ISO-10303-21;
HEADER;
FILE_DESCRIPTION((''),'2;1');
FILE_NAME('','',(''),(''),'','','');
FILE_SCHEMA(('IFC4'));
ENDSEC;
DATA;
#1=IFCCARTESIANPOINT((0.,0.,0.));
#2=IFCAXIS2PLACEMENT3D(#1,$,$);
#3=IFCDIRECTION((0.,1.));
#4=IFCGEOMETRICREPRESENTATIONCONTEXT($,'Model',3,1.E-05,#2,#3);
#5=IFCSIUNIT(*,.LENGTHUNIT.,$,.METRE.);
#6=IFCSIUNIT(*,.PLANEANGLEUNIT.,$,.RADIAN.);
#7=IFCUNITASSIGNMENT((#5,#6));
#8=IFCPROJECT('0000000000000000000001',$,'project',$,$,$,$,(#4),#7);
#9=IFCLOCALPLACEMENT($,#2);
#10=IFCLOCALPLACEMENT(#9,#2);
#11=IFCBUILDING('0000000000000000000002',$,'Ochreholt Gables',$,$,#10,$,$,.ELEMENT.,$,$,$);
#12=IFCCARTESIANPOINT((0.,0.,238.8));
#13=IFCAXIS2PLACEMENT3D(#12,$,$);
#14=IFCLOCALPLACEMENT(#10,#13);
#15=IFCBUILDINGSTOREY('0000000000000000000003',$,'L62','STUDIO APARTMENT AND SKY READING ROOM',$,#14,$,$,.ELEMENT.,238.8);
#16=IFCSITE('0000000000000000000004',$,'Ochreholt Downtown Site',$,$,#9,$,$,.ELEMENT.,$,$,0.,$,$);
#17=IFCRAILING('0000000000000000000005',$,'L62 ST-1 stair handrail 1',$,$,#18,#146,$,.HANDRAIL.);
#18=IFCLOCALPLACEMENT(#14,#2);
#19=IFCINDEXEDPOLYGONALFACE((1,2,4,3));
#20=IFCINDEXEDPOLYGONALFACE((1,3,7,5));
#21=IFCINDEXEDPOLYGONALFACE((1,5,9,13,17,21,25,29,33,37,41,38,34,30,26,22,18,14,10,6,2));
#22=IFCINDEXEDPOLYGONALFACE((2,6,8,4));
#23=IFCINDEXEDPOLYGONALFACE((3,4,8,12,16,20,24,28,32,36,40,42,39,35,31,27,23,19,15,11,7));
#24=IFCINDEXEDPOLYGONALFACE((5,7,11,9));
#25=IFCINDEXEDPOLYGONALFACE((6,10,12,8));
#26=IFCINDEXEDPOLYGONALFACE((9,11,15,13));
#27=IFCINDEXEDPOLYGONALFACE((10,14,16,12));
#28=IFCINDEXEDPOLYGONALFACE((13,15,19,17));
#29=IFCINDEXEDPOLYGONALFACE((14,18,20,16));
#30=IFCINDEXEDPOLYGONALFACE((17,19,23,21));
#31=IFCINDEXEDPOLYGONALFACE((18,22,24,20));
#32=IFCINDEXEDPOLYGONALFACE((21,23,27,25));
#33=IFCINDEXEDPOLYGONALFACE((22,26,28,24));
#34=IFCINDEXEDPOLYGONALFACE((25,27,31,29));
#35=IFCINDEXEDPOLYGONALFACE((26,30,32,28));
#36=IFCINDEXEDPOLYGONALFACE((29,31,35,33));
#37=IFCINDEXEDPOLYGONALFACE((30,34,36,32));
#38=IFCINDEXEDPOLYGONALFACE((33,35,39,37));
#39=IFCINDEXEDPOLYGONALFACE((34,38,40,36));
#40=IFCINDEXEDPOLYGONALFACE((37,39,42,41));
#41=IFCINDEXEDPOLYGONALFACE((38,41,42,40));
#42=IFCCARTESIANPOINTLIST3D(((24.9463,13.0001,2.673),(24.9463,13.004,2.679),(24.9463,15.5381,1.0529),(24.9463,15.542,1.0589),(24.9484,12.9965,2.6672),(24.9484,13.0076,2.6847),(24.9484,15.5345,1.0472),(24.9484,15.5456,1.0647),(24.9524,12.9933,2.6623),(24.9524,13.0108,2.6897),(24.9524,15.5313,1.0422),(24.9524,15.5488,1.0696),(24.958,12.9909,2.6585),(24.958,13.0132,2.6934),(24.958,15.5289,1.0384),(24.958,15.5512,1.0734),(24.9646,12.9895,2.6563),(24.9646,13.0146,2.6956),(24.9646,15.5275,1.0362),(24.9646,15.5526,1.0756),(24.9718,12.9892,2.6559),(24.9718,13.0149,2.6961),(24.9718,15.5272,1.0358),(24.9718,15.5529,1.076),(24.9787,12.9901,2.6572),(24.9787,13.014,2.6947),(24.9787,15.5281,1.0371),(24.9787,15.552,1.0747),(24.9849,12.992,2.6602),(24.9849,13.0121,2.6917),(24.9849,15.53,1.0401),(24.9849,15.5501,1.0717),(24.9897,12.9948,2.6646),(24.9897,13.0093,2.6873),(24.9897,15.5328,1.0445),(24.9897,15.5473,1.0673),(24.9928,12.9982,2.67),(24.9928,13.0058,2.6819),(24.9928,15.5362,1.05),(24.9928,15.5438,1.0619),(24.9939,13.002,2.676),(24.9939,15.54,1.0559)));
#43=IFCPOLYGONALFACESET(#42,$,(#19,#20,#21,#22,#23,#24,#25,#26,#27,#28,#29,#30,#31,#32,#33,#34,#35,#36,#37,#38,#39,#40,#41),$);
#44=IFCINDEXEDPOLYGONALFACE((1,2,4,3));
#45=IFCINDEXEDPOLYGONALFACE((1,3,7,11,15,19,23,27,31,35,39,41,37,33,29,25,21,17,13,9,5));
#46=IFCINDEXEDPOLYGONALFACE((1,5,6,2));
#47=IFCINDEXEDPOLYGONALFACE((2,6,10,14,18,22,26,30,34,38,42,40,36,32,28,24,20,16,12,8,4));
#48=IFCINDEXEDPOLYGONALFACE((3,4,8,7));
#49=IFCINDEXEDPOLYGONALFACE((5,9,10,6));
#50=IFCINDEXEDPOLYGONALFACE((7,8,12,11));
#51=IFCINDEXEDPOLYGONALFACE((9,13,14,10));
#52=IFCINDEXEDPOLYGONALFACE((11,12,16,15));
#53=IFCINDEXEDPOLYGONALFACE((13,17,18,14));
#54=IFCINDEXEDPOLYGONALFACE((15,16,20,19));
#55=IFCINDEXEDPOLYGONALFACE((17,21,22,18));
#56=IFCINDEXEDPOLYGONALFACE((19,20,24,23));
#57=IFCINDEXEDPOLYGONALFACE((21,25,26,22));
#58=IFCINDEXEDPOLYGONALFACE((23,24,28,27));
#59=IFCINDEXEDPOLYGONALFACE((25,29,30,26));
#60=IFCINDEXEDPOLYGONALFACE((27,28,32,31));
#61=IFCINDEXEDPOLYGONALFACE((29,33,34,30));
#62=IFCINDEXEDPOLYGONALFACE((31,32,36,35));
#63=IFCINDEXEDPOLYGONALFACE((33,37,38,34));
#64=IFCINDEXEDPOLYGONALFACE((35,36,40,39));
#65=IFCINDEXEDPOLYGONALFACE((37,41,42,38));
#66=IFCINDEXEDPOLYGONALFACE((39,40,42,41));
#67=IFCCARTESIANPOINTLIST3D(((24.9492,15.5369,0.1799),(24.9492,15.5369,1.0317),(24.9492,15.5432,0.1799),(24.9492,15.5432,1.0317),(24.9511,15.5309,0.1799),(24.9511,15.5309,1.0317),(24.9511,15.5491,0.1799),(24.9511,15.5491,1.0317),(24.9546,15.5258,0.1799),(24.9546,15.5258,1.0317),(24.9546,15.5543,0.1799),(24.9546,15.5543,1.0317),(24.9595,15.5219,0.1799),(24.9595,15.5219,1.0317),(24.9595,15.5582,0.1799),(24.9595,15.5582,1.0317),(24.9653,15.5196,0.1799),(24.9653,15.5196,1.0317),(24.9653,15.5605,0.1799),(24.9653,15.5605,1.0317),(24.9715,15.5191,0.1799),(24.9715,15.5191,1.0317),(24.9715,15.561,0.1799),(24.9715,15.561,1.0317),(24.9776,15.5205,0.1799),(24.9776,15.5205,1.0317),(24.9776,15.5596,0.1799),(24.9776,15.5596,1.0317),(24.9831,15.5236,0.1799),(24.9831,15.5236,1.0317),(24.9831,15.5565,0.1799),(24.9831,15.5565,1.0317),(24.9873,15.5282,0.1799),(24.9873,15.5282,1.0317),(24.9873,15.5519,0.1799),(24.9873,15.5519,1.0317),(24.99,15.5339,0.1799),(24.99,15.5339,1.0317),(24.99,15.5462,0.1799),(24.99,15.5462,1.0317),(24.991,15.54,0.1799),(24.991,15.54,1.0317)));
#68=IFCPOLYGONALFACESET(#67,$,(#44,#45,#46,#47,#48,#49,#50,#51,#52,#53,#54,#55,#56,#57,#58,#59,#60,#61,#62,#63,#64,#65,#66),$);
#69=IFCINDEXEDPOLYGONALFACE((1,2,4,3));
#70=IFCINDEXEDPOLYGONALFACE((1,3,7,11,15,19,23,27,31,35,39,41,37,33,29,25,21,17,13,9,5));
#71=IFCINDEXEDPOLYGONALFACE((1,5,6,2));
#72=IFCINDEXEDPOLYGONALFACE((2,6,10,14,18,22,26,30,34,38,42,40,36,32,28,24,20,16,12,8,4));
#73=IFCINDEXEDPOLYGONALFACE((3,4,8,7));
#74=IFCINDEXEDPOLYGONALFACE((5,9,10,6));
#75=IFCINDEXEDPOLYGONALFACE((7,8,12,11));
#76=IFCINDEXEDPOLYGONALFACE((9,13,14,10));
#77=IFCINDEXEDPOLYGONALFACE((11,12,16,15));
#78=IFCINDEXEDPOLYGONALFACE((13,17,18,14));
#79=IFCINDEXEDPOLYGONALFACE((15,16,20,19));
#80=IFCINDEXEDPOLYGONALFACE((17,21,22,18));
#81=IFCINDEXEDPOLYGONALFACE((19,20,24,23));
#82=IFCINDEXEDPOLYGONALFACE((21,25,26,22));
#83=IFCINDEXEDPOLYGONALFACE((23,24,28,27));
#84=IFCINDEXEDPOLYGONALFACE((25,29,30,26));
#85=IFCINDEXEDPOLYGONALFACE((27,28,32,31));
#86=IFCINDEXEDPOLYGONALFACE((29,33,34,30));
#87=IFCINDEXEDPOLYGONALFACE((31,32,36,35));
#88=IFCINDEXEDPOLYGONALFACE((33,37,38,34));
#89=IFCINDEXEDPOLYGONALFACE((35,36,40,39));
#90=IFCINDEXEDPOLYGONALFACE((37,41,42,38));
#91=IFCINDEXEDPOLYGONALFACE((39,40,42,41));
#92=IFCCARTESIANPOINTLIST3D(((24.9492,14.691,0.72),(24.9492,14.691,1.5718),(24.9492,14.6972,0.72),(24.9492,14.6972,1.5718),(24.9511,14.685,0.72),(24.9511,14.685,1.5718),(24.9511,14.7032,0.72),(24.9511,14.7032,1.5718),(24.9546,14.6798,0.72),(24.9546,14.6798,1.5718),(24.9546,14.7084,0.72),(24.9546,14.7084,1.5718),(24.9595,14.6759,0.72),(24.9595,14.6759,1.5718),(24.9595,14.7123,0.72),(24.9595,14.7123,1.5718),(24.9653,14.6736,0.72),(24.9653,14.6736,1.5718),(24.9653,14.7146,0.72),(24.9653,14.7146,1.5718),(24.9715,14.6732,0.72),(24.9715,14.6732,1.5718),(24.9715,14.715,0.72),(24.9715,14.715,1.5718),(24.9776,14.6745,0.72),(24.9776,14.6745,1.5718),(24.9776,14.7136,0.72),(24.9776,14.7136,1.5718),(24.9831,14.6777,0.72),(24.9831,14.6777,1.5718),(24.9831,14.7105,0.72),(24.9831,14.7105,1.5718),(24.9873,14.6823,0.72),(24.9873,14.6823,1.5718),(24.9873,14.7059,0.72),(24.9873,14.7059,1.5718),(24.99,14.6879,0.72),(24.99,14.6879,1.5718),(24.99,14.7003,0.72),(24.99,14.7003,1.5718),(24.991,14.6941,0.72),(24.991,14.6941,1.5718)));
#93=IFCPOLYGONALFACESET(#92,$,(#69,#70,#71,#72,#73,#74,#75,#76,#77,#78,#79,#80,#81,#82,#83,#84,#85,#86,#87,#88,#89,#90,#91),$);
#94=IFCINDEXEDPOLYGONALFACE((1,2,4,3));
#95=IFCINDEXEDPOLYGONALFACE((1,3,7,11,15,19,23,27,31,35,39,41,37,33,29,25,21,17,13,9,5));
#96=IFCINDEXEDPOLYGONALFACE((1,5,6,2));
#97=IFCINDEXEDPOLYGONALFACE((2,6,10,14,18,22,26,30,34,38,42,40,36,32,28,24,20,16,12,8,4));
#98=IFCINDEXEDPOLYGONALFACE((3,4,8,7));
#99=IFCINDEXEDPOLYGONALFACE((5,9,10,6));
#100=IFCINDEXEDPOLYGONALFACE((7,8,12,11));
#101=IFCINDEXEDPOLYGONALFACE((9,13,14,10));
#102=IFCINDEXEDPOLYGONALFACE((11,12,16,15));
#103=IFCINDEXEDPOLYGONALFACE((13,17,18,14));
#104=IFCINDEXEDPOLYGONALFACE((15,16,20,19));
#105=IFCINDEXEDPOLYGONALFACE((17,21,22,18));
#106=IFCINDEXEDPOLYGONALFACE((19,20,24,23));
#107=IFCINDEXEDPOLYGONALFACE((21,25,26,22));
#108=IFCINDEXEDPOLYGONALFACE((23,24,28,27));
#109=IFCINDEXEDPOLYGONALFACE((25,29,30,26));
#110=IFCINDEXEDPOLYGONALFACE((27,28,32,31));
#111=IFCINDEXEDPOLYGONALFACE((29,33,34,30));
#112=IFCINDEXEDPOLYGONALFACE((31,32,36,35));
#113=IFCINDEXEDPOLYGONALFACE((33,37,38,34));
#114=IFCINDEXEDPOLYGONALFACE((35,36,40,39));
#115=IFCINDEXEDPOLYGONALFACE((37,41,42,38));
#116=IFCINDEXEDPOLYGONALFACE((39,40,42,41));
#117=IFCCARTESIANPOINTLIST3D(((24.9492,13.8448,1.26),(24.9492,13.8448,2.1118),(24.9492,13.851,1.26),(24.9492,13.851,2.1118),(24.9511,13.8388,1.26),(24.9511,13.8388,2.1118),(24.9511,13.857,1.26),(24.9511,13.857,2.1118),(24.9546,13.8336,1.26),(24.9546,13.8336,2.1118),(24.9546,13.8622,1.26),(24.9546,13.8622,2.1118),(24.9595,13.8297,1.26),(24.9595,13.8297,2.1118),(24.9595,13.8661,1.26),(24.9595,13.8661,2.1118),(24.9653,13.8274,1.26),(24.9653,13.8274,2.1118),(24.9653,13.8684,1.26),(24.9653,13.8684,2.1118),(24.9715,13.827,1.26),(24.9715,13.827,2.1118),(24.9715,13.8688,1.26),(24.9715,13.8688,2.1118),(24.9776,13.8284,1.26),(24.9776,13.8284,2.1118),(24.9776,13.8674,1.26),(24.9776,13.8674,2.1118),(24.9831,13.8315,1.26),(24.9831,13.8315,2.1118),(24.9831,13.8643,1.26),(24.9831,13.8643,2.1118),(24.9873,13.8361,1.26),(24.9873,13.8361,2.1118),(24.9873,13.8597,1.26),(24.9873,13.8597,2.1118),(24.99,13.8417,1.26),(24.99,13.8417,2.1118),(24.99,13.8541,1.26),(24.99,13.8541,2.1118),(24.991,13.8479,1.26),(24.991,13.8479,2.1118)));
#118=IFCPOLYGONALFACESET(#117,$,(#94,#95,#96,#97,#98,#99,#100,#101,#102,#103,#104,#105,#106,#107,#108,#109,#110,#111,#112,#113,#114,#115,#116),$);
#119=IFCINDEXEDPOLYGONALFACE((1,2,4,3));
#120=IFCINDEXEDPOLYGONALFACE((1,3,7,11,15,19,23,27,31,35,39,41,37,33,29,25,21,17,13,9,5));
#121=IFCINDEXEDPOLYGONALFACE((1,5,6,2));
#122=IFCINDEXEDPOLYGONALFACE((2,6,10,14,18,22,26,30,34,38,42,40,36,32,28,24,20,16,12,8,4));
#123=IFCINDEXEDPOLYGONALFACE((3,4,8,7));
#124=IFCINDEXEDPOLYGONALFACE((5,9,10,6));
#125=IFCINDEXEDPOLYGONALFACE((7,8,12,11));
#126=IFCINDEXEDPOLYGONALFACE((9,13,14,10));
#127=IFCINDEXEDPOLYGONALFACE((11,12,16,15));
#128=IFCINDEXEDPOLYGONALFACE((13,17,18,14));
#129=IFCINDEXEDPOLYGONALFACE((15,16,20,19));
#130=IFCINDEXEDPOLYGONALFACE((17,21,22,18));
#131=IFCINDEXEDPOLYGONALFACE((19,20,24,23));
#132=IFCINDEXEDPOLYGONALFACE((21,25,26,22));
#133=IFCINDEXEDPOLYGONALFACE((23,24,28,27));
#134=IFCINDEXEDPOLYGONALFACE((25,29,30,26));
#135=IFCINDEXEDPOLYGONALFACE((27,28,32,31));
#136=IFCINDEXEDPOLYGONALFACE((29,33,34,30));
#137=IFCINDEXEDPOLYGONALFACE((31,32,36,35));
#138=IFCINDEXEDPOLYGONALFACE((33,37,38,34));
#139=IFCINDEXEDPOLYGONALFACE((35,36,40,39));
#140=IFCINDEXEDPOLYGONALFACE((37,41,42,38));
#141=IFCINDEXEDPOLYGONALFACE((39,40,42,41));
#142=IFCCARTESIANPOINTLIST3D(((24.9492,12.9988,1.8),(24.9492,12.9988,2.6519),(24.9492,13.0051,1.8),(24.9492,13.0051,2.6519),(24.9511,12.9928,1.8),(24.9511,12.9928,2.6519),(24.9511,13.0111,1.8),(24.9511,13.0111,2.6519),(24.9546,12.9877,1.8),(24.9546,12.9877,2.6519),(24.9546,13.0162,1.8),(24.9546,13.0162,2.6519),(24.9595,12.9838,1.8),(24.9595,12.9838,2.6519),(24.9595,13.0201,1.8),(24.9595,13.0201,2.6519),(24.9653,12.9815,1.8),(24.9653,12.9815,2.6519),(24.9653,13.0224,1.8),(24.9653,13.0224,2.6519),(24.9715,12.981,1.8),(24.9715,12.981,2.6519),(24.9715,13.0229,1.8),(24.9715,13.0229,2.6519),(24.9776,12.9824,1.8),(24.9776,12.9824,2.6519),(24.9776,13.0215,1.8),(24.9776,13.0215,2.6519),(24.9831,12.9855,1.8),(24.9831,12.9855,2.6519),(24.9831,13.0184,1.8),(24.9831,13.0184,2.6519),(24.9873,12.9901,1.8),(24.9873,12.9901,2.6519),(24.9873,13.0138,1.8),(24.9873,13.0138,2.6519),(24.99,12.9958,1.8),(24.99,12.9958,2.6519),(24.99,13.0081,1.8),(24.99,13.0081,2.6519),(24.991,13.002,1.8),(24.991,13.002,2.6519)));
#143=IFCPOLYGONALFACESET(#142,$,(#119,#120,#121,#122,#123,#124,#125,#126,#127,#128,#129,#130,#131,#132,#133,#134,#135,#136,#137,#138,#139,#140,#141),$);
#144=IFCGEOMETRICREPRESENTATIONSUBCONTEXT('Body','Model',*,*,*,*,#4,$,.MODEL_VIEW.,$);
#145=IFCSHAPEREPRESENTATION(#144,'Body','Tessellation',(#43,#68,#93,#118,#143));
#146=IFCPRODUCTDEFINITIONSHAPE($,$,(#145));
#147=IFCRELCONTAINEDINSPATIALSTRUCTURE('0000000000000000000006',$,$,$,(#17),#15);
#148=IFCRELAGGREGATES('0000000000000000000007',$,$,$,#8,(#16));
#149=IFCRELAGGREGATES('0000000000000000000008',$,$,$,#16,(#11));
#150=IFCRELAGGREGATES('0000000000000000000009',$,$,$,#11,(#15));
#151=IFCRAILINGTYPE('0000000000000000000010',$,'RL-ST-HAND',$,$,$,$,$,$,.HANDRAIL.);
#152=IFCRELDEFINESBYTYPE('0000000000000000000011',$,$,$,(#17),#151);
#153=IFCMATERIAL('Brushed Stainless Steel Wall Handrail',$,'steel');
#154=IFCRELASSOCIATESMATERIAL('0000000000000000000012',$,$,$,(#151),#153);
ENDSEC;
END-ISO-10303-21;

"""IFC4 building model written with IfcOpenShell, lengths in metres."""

from ifc_helpers import new_model, si_unit, direction, frame, origin, origin_2d, place, context, subcontext, project, spatial, circle, extrude, material, type_object, element, save


model = new_model("IFC4")

# Units and contexts
model_context = context("Model", 3, precision=1e-05, world=origin(), true_north=direction((0.0, 1.0)))
body_context = subcontext(model_context, "Body", "Model", "MODEL_VIEW")
ifc_project = project(units=[si_unit("LENGTHUNIT", "METRE"), si_unit("PLANEANGLEUNIT", "RADIAN")], contexts=[model_context])

# Site, building, storey
site_placement = place(None, origin())
site = spatial("IfcSite", under=ifc_project, at=site_placement, Name="Ochreholt Downtown Site", CompositionType="ELEMENT", RefElevation=0.0)
building_placement = place(site_placement, origin())
building = spatial("IfcBuilding", under=site, at=building_placement, Name="Ochreholt Gables", CompositionType="ELEMENT")
storey_placement = place(building_placement, frame((0.0, 0.0, 238.8)))
storey = spatial("IfcBuildingStorey", under=building, at=storey_placement, Name="L62", Description="STUDIO APARTMENT AND SKY READING ROOM", CompositionType="ELEMENT", Elevation=238.8)

# Railing
ifc_material_1 = material(Name="Brushed Stainless Steel Wall Handrail", Category="steel")
railing_type = type_object("IfcRailingType", Name="RL-ST-HAND", PredefinedType="HANDRAIL", material=ifc_material_1)
railing_placement = place(storey_placement, frame((24.97, 15.54, 0.1799)))
element("IfcRailing", 1, at=railing_placement, inside=storey, type_object=railing_type, Name="L62 ST-1 stair handrail 1", PredefinedType="HANDRAIL", context=body_context, shape_type="SweptSolid", body=[
    extrude(circle(Radius=0.0239, at=origin_2d()), frame((0.0, 0.0, 0.876), z_axis=(0.0, -0.842913, 0.53805), x_axis=(1.0, 0.0, 0.0)), (0.0, 0.0, 1.0), 3.011),
    extrude(circle(Radius=0.021, at=origin_2d()), origin(), (0.0, 0.0, 1.0), 0.8518),
    extrude(circle(Radius=0.021, at=origin_2d()), frame((0.0, -0.8459, 0.54)), (0.0, 0.0, 1.0), 0.8518),
    extrude(circle(Radius=0.021, at=origin_2d()), frame((0.0, -1.6921, 1.0801)), (0.0, 0.0, 1.0), 0.8518),
    extrude(circle(Radius=0.021, at=origin_2d()), frame((0.0, -2.5381, 1.6201)), (0.0, 0.0, 1.0), 0.8518),
])

save(model, "model.ifc")
